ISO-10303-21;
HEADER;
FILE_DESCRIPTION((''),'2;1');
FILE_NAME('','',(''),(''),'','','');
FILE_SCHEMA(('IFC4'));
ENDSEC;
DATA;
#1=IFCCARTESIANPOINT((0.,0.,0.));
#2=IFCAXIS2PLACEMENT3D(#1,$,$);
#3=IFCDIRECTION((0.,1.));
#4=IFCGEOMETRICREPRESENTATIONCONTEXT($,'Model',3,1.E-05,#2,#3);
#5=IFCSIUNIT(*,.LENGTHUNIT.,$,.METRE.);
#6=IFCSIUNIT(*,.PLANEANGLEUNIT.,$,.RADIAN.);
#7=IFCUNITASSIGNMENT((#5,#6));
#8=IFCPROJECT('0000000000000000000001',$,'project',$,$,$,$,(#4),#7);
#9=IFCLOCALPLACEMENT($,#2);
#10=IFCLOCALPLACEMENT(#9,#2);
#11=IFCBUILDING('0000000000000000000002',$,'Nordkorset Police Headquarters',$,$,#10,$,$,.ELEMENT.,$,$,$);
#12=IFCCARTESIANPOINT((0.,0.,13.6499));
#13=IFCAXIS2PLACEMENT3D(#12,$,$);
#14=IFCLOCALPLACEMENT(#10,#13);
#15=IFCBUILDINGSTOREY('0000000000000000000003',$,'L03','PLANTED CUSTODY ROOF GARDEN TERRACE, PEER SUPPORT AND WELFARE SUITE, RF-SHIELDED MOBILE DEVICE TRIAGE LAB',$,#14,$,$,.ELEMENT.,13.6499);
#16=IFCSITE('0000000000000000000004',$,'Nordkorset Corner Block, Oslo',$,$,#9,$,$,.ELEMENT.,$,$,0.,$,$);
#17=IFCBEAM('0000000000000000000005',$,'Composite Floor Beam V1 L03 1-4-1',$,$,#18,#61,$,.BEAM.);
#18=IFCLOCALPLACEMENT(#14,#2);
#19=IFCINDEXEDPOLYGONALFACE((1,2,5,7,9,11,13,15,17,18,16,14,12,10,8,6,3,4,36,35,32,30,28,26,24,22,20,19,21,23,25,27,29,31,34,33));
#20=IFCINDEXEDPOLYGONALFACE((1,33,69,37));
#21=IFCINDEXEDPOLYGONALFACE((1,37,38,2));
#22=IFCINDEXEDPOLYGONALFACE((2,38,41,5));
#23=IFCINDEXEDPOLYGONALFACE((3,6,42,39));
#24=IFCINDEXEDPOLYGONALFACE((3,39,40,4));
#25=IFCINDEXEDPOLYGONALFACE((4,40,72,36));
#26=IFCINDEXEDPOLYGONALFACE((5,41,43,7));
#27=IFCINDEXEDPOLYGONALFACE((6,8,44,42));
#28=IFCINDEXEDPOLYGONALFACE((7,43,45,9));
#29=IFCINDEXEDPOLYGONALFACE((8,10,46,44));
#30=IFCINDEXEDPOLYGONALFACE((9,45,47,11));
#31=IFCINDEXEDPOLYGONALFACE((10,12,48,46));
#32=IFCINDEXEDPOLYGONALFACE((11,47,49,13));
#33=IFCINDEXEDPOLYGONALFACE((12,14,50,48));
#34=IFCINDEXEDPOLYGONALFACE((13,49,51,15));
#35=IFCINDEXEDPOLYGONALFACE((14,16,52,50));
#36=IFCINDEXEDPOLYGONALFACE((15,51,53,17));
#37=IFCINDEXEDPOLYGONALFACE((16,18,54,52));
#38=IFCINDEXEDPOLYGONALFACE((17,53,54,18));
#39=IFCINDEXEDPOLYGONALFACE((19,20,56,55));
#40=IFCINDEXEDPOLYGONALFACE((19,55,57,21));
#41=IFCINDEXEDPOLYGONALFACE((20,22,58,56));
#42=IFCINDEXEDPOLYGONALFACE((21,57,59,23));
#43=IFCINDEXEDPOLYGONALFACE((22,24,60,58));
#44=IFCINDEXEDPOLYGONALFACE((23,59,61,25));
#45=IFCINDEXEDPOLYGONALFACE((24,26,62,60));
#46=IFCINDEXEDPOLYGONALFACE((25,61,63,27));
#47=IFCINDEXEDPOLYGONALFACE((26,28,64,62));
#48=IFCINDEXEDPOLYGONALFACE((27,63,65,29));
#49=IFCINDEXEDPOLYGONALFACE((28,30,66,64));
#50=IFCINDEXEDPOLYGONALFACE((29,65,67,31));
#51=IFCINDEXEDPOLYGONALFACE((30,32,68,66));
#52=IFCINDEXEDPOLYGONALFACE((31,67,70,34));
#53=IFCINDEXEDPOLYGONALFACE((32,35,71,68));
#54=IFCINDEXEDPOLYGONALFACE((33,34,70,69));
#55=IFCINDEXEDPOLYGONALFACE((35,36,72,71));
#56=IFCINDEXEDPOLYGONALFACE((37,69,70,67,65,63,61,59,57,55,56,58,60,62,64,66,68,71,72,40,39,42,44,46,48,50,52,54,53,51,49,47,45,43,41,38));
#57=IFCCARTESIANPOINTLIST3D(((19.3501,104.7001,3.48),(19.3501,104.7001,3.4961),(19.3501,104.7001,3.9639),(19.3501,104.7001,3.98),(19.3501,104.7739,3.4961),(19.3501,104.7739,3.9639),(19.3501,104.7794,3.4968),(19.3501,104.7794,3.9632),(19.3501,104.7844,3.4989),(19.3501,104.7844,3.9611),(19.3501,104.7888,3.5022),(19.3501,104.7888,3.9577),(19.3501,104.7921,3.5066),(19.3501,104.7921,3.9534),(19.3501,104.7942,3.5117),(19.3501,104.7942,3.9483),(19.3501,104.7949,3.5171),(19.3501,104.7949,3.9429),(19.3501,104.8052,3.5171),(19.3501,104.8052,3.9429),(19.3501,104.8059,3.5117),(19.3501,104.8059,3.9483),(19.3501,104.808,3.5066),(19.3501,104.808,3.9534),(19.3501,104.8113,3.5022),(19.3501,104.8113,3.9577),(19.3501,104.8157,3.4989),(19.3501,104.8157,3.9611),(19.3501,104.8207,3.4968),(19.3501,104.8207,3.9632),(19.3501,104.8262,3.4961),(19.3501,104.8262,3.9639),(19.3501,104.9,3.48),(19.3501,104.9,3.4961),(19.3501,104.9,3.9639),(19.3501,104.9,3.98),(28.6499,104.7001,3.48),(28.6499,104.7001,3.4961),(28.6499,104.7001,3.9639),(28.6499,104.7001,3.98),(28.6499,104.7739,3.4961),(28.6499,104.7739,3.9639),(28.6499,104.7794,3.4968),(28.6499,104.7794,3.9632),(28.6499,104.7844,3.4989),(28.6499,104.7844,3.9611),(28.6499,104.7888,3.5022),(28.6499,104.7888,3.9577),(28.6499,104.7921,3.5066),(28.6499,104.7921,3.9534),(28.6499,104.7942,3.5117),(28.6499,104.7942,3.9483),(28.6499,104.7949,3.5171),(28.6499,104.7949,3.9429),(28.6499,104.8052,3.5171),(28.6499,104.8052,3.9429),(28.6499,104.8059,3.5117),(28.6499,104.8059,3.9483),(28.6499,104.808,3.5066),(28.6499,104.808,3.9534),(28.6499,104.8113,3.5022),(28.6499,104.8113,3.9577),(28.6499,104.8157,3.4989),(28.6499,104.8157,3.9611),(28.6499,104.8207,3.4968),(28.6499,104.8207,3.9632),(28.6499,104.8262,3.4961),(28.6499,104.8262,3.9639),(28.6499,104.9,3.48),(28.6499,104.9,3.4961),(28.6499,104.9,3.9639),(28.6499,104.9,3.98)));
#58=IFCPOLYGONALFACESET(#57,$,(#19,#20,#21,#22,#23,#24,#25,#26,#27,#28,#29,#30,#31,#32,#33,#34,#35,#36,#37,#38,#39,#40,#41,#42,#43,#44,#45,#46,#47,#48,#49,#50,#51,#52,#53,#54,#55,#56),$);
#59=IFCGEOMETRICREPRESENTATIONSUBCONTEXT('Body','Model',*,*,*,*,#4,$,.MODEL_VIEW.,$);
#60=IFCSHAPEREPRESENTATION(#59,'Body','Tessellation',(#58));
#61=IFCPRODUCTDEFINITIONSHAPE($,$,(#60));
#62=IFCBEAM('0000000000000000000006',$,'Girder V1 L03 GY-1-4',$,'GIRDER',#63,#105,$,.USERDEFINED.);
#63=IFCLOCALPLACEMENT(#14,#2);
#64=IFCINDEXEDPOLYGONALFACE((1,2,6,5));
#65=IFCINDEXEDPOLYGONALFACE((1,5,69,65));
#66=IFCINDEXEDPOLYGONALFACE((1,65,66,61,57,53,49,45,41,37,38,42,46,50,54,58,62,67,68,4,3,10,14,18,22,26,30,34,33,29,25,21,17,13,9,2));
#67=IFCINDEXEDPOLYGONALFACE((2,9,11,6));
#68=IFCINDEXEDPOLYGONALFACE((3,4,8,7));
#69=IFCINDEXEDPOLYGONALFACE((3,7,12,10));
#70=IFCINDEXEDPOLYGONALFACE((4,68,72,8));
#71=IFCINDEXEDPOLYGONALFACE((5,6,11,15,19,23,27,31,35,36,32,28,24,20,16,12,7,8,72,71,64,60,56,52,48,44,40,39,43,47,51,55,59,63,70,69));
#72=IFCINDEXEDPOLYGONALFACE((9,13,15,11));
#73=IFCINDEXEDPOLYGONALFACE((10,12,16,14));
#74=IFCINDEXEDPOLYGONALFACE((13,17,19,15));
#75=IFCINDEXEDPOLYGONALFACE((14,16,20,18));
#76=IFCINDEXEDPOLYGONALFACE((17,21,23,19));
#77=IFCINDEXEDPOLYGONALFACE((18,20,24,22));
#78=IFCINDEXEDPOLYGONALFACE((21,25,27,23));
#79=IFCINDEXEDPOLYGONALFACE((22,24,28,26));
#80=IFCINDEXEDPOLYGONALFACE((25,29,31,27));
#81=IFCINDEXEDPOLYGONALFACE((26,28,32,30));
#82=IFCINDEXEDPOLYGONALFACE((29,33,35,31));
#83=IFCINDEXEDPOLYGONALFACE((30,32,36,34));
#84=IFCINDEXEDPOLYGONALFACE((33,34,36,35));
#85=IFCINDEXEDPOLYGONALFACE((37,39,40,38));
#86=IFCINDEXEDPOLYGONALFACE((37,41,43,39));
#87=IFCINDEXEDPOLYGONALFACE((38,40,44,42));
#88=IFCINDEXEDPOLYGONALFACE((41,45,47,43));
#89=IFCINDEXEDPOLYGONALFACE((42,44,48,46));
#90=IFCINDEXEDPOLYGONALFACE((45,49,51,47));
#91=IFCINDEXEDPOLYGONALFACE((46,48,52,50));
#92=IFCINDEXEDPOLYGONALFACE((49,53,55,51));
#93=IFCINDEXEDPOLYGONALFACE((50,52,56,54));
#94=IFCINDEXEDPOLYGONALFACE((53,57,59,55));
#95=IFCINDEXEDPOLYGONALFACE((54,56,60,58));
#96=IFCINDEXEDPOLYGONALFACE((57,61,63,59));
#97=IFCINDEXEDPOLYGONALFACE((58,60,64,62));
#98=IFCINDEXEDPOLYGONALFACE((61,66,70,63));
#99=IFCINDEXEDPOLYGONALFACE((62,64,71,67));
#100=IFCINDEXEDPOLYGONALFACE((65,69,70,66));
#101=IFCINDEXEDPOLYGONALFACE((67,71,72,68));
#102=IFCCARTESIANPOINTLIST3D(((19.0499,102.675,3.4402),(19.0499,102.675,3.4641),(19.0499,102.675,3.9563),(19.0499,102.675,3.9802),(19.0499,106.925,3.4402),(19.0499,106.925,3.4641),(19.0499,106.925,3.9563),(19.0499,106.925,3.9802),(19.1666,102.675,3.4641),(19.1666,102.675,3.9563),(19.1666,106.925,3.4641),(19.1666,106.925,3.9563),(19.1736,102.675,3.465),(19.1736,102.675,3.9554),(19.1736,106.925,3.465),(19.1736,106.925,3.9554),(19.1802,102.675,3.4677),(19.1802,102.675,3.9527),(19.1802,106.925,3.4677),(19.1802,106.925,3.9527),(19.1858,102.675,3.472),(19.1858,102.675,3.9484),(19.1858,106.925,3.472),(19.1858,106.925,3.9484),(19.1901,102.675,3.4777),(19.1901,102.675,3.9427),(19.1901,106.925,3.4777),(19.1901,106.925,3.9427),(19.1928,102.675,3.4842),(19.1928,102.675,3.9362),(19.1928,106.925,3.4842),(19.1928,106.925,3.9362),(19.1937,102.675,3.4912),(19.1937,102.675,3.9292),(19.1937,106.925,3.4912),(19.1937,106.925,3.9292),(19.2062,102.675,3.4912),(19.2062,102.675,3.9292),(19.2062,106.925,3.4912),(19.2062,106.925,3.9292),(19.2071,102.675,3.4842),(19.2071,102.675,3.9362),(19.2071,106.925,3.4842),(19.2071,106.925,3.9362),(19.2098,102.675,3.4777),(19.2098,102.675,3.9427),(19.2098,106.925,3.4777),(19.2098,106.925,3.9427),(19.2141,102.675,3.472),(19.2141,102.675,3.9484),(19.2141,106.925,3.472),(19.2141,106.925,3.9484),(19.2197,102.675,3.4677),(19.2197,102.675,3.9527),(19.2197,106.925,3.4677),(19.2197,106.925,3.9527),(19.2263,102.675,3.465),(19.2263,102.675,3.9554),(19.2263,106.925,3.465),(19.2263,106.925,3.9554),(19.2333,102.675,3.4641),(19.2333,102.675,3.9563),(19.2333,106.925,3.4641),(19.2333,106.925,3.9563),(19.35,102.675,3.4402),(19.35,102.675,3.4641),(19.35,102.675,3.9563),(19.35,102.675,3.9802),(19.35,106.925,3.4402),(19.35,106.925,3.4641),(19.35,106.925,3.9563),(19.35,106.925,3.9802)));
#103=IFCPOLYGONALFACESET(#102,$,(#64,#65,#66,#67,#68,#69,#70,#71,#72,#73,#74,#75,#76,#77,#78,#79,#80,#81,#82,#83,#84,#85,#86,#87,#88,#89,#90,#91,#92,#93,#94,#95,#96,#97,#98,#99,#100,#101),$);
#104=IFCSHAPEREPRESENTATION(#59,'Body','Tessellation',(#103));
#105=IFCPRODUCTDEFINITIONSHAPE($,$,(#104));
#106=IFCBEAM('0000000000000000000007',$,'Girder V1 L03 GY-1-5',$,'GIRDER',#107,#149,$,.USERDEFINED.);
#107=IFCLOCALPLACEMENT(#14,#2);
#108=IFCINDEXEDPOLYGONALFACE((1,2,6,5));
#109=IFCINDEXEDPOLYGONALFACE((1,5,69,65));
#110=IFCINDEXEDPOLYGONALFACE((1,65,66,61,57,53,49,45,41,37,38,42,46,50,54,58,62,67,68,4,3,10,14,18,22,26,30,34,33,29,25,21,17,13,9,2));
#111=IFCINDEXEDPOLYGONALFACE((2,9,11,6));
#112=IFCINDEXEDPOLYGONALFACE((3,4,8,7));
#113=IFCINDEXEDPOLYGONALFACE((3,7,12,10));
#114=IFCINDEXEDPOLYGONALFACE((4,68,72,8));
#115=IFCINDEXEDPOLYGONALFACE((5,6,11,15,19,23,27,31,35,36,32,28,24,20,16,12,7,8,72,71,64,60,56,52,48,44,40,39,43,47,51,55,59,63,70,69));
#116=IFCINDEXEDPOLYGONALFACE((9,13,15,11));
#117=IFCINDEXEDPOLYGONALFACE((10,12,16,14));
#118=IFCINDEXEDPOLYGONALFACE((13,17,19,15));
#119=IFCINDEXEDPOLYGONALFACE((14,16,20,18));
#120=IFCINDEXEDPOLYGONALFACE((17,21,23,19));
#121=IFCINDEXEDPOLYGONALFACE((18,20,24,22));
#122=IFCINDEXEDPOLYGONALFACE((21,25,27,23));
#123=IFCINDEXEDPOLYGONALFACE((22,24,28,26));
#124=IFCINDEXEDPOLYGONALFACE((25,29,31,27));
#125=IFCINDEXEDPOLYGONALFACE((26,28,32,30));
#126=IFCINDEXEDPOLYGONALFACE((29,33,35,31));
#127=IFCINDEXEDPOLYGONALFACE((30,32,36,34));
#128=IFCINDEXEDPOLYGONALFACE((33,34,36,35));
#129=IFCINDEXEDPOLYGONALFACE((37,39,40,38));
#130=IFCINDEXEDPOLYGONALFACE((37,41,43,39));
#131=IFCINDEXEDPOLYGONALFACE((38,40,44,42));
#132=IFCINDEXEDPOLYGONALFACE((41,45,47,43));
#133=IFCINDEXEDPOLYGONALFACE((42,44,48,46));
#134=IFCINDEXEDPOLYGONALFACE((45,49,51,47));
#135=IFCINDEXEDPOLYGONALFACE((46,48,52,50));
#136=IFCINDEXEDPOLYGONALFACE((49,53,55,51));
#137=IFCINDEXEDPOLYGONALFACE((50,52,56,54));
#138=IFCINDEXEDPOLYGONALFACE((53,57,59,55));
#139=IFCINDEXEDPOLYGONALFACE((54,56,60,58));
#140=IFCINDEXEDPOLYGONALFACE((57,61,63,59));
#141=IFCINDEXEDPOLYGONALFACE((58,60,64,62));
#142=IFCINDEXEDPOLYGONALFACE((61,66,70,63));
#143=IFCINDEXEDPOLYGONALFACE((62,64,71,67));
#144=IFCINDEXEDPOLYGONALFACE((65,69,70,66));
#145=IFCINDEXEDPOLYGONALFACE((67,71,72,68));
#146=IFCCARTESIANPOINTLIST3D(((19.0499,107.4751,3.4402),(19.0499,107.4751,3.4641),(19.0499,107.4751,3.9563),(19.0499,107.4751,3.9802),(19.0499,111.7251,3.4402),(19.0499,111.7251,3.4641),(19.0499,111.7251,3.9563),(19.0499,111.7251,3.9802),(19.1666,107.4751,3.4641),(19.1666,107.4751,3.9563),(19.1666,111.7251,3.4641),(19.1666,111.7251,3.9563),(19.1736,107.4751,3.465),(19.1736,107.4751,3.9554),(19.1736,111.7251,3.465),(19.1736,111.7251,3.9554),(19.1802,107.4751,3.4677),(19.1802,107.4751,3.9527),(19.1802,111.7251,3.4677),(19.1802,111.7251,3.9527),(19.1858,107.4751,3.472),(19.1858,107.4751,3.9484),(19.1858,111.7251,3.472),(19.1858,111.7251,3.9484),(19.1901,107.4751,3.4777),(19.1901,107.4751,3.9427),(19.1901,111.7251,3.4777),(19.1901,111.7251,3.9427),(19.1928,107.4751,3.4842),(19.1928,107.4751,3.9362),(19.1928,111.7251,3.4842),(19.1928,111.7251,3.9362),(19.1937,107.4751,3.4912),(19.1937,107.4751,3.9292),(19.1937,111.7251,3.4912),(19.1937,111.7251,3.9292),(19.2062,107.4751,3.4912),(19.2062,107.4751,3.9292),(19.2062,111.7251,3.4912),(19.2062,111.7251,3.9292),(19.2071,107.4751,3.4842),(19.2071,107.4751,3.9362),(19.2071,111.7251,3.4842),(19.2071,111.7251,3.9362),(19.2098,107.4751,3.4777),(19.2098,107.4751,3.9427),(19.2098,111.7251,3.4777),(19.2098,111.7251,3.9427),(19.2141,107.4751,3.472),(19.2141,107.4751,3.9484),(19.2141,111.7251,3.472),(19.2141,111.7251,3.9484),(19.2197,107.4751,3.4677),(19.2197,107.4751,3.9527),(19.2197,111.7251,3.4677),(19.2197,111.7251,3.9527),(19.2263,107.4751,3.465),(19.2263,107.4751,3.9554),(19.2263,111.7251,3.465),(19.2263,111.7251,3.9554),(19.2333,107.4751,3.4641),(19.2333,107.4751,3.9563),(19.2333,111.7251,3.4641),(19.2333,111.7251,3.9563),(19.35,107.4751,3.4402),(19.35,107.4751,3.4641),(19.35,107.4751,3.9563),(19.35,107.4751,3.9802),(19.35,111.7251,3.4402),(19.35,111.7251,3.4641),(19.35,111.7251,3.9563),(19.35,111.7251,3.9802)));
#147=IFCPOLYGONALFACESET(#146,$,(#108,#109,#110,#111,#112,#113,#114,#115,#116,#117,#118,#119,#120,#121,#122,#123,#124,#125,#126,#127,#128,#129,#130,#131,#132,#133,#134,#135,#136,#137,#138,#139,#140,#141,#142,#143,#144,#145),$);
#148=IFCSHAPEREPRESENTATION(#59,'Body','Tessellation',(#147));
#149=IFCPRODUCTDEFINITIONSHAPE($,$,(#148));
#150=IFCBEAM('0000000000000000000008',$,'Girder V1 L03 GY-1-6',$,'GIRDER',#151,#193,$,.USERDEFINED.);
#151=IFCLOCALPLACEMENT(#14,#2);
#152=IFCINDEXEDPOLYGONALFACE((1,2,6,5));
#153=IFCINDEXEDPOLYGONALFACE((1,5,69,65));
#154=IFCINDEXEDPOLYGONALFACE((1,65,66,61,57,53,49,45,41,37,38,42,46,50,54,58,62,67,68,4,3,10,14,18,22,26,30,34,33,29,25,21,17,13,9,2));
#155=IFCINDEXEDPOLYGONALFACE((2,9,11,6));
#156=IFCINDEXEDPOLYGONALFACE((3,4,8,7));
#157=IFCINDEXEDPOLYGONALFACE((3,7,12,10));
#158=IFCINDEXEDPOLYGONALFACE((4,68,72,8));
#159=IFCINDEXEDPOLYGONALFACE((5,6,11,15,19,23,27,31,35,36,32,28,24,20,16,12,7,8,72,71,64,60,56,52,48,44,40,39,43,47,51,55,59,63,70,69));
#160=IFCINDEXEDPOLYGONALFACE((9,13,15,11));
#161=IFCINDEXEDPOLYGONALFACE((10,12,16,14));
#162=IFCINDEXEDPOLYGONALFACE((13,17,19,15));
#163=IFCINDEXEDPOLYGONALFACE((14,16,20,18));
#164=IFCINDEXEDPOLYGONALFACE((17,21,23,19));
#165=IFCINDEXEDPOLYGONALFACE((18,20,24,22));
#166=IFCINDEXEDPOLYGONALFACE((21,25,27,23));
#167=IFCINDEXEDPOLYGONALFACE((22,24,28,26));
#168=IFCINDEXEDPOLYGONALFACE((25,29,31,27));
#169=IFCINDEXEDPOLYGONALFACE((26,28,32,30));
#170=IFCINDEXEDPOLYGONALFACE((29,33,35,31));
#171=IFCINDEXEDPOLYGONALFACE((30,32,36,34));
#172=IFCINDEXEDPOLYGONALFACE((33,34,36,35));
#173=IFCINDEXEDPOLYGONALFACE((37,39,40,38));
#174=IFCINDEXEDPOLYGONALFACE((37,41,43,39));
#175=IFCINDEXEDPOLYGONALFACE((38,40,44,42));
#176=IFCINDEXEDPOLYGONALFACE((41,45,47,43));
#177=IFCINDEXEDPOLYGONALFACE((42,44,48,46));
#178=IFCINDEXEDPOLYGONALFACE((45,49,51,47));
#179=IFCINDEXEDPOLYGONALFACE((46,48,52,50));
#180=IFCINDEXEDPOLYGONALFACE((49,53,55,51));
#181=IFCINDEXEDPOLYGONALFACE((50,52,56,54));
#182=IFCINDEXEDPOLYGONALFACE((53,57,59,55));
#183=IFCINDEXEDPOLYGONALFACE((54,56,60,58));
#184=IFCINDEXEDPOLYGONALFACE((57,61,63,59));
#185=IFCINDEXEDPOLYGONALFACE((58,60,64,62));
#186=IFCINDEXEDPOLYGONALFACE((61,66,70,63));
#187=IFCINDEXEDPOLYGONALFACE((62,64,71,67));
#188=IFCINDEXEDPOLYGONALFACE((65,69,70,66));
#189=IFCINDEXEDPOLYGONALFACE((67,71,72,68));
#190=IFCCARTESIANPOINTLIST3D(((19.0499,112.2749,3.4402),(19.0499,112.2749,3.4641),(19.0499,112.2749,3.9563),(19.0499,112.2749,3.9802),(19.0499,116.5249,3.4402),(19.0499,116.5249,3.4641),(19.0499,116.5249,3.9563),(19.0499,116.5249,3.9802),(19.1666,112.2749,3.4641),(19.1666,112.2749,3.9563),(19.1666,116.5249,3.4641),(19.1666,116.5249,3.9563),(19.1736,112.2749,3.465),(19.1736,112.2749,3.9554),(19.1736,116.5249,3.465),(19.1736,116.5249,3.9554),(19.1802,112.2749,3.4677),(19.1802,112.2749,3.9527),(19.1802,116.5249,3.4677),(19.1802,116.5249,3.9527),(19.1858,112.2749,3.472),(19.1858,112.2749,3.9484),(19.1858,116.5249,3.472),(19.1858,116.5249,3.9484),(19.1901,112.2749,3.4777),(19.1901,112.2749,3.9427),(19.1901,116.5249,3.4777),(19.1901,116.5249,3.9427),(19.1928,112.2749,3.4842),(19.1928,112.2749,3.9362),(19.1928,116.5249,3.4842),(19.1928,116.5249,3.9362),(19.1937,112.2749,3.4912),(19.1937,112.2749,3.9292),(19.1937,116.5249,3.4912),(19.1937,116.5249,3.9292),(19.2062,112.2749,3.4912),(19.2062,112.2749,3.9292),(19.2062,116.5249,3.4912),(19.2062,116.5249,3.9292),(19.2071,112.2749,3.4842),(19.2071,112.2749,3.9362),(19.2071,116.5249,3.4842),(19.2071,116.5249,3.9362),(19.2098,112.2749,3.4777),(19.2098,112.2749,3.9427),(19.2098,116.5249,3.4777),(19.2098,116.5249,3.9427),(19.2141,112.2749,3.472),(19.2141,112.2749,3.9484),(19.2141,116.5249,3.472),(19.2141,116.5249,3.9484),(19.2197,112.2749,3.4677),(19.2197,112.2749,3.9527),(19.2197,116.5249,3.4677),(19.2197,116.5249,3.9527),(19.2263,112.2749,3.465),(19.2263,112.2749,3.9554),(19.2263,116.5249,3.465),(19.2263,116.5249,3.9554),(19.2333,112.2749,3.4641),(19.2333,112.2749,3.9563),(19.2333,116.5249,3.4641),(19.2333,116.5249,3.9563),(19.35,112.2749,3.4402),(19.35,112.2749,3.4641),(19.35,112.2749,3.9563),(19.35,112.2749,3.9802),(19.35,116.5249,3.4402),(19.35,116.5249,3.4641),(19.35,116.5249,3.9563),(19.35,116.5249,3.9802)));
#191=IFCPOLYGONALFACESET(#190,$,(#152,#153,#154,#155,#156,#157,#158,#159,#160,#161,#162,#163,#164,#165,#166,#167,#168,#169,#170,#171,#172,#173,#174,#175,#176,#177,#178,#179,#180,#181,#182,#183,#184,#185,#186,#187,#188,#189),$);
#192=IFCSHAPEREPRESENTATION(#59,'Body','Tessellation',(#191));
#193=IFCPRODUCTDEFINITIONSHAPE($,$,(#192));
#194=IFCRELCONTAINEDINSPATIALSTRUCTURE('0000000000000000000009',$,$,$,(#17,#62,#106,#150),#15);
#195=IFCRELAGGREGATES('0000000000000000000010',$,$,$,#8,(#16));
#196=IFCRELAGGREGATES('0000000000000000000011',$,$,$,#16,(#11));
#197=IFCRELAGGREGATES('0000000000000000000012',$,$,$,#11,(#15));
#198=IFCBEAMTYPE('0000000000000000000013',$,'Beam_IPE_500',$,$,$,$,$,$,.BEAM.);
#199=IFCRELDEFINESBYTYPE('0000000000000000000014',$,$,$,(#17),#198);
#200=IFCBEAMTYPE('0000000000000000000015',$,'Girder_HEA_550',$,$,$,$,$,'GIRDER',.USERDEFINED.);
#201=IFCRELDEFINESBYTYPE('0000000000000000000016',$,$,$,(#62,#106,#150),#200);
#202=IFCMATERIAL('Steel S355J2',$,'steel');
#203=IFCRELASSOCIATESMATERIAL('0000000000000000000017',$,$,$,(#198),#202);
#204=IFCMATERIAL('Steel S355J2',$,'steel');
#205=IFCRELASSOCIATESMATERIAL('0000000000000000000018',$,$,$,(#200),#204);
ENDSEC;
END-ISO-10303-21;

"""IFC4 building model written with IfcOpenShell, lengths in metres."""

from ifc_helpers import new_model, si_unit, direction, frame, origin, origin_2d, place, context, subcontext, project, spatial, i_section, extrude, material, material_profile, profile_set, type_object, element, save


model = new_model("IFC4")

# Units and contexts
model_context = context("Model", 3, precision=1e-05, world=origin(), true_north=direction((0.0, 1.0)))
body_context = subcontext(model_context, "Body", "Model", "MODEL_VIEW")
ifc_project = project(units=[si_unit("LENGTHUNIT", "METRE"), si_unit("PLANEANGLEUNIT", "RADIAN")], contexts=[model_context])

# Site, building, storey
site_placement = place(None, origin())
site = spatial("IfcSite", under=ifc_project, at=site_placement, Name="Nordkorset Corner Block, Oslo", CompositionType="ELEMENT", RefElevation=0.0)
building_placement = place(site_placement, origin())
building = spatial("IfcBuilding", under=site, at=building_placement, Name="Nordkorset Police Headquarters", CompositionType="ELEMENT")
storey_placement = place(building_placement, frame((0.0, 0.0, 13.6499)))
storey = spatial("IfcBuildingStorey", under=building, at=storey_placement, Name="L03", Description="PLANTED CUSTODY ROOF GARDEN TERRACE, PEER SUPPORT AND WELFARE SUITE, RF-SHIELDED MOBILE DEVICE TRIAGE LAB", CompositionType="ELEMENT", Elevation=13.6499)

# Beams
ifc_material_1 = material(Name="Steel S355J2", Category="steel")
ifc_material_profile_1 = material_profile(ifc_material_1, i_section(OverallWidth=0.2, OverallDepth=0.5, WebThickness=0.0103, FlangeThickness=0.0161, FilletRadius=0.021, at=origin_2d()), Name="IPE 500")
ifc_profile_set_1 = profile_set([ifc_material_profile_1], Name="Steel S355J2")
beam_type_1 = type_object("IfcBeamType", Name="Beam_IPE_500", PredefinedType="BEAM", material=ifc_profile_set_1)
for number, where, z_axis, x_axis, name in (
    (1, (19.3501, 104.8, 3.73), (1.0, 0.0, 0.0), (0.0, 1.0, 0.0), "Composite Floor Beam V1 L03 1-4-1"),
):
    element("IfcBeam", number, at=place(storey_placement, frame(where, z_axis=z_axis, x_axis=x_axis)), inside=storey, type_object=beam_type_1, Name=name, PredefinedType="BEAM", context=body_context, shape_type="SweptSolid", body=[
        extrude(i_section(OverallWidth=0.2, OverallDepth=0.5, WebThickness=0.0103, FlangeThickness=0.0161, FilletRadius=0.021, at=origin_2d()), origin(), (0.0, 0.0, 1.0), 9.2998),
    ])
ifc_material_2 = material(Name="Steel S355J2", Category="steel")
ifc_material_profile_2 = material_profile(ifc_material_2, i_section(OverallWidth=0.3, OverallDepth=0.54, WebThickness=0.0125, FlangeThickness=0.0239, FilletRadius=0.0271, at=origin_2d()), Name="HEA 550")
ifc_profile_set_2 = profile_set([ifc_material_profile_2], Name="Steel S355J2")
beam_type_2 = type_object("IfcBeamType", Name="Girder_HEA_550", ElementType="GIRDER", PredefinedType="USERDEFINED", material=ifc_profile_set_2)
for number, where, z_axis, x_axis, name in (
    (2, (19.2, 102.675, 3.7102), (0.0, 1.0, 0.0), (-1.0, 0.0, 0.0), "Girder V1 L03 GY-1-4"),
    (3, (19.2, 107.4751, 3.7102), (0.0, 1.0, 0.0), (-1.0, 0.0, 0.0), "Girder V1 L03 GY-1-5"),
    (4, (19.2, 112.2749, 3.7102), (0.0, 1.0, 0.0), (-1.0, 0.0, 0.0), "Girder V1 L03 GY-1-6"),
):
    element("IfcBeam", number, at=place(storey_placement, frame(where, z_axis=z_axis, x_axis=x_axis)), inside=storey, type_object=beam_type_2, Name=name, ObjectType="GIRDER", PredefinedType="USERDEFINED", context=body_context, shape_type="SweptSolid", body=[
        extrude(i_section(OverallWidth=0.3, OverallDepth=0.54, WebThickness=0.0125, FlangeThickness=0.0239, FilletRadius=0.0271, at=origin_2d()), origin(), (0.0, 0.0, 1.0), 4.25),
    ])

save(model, "model.ifc")
